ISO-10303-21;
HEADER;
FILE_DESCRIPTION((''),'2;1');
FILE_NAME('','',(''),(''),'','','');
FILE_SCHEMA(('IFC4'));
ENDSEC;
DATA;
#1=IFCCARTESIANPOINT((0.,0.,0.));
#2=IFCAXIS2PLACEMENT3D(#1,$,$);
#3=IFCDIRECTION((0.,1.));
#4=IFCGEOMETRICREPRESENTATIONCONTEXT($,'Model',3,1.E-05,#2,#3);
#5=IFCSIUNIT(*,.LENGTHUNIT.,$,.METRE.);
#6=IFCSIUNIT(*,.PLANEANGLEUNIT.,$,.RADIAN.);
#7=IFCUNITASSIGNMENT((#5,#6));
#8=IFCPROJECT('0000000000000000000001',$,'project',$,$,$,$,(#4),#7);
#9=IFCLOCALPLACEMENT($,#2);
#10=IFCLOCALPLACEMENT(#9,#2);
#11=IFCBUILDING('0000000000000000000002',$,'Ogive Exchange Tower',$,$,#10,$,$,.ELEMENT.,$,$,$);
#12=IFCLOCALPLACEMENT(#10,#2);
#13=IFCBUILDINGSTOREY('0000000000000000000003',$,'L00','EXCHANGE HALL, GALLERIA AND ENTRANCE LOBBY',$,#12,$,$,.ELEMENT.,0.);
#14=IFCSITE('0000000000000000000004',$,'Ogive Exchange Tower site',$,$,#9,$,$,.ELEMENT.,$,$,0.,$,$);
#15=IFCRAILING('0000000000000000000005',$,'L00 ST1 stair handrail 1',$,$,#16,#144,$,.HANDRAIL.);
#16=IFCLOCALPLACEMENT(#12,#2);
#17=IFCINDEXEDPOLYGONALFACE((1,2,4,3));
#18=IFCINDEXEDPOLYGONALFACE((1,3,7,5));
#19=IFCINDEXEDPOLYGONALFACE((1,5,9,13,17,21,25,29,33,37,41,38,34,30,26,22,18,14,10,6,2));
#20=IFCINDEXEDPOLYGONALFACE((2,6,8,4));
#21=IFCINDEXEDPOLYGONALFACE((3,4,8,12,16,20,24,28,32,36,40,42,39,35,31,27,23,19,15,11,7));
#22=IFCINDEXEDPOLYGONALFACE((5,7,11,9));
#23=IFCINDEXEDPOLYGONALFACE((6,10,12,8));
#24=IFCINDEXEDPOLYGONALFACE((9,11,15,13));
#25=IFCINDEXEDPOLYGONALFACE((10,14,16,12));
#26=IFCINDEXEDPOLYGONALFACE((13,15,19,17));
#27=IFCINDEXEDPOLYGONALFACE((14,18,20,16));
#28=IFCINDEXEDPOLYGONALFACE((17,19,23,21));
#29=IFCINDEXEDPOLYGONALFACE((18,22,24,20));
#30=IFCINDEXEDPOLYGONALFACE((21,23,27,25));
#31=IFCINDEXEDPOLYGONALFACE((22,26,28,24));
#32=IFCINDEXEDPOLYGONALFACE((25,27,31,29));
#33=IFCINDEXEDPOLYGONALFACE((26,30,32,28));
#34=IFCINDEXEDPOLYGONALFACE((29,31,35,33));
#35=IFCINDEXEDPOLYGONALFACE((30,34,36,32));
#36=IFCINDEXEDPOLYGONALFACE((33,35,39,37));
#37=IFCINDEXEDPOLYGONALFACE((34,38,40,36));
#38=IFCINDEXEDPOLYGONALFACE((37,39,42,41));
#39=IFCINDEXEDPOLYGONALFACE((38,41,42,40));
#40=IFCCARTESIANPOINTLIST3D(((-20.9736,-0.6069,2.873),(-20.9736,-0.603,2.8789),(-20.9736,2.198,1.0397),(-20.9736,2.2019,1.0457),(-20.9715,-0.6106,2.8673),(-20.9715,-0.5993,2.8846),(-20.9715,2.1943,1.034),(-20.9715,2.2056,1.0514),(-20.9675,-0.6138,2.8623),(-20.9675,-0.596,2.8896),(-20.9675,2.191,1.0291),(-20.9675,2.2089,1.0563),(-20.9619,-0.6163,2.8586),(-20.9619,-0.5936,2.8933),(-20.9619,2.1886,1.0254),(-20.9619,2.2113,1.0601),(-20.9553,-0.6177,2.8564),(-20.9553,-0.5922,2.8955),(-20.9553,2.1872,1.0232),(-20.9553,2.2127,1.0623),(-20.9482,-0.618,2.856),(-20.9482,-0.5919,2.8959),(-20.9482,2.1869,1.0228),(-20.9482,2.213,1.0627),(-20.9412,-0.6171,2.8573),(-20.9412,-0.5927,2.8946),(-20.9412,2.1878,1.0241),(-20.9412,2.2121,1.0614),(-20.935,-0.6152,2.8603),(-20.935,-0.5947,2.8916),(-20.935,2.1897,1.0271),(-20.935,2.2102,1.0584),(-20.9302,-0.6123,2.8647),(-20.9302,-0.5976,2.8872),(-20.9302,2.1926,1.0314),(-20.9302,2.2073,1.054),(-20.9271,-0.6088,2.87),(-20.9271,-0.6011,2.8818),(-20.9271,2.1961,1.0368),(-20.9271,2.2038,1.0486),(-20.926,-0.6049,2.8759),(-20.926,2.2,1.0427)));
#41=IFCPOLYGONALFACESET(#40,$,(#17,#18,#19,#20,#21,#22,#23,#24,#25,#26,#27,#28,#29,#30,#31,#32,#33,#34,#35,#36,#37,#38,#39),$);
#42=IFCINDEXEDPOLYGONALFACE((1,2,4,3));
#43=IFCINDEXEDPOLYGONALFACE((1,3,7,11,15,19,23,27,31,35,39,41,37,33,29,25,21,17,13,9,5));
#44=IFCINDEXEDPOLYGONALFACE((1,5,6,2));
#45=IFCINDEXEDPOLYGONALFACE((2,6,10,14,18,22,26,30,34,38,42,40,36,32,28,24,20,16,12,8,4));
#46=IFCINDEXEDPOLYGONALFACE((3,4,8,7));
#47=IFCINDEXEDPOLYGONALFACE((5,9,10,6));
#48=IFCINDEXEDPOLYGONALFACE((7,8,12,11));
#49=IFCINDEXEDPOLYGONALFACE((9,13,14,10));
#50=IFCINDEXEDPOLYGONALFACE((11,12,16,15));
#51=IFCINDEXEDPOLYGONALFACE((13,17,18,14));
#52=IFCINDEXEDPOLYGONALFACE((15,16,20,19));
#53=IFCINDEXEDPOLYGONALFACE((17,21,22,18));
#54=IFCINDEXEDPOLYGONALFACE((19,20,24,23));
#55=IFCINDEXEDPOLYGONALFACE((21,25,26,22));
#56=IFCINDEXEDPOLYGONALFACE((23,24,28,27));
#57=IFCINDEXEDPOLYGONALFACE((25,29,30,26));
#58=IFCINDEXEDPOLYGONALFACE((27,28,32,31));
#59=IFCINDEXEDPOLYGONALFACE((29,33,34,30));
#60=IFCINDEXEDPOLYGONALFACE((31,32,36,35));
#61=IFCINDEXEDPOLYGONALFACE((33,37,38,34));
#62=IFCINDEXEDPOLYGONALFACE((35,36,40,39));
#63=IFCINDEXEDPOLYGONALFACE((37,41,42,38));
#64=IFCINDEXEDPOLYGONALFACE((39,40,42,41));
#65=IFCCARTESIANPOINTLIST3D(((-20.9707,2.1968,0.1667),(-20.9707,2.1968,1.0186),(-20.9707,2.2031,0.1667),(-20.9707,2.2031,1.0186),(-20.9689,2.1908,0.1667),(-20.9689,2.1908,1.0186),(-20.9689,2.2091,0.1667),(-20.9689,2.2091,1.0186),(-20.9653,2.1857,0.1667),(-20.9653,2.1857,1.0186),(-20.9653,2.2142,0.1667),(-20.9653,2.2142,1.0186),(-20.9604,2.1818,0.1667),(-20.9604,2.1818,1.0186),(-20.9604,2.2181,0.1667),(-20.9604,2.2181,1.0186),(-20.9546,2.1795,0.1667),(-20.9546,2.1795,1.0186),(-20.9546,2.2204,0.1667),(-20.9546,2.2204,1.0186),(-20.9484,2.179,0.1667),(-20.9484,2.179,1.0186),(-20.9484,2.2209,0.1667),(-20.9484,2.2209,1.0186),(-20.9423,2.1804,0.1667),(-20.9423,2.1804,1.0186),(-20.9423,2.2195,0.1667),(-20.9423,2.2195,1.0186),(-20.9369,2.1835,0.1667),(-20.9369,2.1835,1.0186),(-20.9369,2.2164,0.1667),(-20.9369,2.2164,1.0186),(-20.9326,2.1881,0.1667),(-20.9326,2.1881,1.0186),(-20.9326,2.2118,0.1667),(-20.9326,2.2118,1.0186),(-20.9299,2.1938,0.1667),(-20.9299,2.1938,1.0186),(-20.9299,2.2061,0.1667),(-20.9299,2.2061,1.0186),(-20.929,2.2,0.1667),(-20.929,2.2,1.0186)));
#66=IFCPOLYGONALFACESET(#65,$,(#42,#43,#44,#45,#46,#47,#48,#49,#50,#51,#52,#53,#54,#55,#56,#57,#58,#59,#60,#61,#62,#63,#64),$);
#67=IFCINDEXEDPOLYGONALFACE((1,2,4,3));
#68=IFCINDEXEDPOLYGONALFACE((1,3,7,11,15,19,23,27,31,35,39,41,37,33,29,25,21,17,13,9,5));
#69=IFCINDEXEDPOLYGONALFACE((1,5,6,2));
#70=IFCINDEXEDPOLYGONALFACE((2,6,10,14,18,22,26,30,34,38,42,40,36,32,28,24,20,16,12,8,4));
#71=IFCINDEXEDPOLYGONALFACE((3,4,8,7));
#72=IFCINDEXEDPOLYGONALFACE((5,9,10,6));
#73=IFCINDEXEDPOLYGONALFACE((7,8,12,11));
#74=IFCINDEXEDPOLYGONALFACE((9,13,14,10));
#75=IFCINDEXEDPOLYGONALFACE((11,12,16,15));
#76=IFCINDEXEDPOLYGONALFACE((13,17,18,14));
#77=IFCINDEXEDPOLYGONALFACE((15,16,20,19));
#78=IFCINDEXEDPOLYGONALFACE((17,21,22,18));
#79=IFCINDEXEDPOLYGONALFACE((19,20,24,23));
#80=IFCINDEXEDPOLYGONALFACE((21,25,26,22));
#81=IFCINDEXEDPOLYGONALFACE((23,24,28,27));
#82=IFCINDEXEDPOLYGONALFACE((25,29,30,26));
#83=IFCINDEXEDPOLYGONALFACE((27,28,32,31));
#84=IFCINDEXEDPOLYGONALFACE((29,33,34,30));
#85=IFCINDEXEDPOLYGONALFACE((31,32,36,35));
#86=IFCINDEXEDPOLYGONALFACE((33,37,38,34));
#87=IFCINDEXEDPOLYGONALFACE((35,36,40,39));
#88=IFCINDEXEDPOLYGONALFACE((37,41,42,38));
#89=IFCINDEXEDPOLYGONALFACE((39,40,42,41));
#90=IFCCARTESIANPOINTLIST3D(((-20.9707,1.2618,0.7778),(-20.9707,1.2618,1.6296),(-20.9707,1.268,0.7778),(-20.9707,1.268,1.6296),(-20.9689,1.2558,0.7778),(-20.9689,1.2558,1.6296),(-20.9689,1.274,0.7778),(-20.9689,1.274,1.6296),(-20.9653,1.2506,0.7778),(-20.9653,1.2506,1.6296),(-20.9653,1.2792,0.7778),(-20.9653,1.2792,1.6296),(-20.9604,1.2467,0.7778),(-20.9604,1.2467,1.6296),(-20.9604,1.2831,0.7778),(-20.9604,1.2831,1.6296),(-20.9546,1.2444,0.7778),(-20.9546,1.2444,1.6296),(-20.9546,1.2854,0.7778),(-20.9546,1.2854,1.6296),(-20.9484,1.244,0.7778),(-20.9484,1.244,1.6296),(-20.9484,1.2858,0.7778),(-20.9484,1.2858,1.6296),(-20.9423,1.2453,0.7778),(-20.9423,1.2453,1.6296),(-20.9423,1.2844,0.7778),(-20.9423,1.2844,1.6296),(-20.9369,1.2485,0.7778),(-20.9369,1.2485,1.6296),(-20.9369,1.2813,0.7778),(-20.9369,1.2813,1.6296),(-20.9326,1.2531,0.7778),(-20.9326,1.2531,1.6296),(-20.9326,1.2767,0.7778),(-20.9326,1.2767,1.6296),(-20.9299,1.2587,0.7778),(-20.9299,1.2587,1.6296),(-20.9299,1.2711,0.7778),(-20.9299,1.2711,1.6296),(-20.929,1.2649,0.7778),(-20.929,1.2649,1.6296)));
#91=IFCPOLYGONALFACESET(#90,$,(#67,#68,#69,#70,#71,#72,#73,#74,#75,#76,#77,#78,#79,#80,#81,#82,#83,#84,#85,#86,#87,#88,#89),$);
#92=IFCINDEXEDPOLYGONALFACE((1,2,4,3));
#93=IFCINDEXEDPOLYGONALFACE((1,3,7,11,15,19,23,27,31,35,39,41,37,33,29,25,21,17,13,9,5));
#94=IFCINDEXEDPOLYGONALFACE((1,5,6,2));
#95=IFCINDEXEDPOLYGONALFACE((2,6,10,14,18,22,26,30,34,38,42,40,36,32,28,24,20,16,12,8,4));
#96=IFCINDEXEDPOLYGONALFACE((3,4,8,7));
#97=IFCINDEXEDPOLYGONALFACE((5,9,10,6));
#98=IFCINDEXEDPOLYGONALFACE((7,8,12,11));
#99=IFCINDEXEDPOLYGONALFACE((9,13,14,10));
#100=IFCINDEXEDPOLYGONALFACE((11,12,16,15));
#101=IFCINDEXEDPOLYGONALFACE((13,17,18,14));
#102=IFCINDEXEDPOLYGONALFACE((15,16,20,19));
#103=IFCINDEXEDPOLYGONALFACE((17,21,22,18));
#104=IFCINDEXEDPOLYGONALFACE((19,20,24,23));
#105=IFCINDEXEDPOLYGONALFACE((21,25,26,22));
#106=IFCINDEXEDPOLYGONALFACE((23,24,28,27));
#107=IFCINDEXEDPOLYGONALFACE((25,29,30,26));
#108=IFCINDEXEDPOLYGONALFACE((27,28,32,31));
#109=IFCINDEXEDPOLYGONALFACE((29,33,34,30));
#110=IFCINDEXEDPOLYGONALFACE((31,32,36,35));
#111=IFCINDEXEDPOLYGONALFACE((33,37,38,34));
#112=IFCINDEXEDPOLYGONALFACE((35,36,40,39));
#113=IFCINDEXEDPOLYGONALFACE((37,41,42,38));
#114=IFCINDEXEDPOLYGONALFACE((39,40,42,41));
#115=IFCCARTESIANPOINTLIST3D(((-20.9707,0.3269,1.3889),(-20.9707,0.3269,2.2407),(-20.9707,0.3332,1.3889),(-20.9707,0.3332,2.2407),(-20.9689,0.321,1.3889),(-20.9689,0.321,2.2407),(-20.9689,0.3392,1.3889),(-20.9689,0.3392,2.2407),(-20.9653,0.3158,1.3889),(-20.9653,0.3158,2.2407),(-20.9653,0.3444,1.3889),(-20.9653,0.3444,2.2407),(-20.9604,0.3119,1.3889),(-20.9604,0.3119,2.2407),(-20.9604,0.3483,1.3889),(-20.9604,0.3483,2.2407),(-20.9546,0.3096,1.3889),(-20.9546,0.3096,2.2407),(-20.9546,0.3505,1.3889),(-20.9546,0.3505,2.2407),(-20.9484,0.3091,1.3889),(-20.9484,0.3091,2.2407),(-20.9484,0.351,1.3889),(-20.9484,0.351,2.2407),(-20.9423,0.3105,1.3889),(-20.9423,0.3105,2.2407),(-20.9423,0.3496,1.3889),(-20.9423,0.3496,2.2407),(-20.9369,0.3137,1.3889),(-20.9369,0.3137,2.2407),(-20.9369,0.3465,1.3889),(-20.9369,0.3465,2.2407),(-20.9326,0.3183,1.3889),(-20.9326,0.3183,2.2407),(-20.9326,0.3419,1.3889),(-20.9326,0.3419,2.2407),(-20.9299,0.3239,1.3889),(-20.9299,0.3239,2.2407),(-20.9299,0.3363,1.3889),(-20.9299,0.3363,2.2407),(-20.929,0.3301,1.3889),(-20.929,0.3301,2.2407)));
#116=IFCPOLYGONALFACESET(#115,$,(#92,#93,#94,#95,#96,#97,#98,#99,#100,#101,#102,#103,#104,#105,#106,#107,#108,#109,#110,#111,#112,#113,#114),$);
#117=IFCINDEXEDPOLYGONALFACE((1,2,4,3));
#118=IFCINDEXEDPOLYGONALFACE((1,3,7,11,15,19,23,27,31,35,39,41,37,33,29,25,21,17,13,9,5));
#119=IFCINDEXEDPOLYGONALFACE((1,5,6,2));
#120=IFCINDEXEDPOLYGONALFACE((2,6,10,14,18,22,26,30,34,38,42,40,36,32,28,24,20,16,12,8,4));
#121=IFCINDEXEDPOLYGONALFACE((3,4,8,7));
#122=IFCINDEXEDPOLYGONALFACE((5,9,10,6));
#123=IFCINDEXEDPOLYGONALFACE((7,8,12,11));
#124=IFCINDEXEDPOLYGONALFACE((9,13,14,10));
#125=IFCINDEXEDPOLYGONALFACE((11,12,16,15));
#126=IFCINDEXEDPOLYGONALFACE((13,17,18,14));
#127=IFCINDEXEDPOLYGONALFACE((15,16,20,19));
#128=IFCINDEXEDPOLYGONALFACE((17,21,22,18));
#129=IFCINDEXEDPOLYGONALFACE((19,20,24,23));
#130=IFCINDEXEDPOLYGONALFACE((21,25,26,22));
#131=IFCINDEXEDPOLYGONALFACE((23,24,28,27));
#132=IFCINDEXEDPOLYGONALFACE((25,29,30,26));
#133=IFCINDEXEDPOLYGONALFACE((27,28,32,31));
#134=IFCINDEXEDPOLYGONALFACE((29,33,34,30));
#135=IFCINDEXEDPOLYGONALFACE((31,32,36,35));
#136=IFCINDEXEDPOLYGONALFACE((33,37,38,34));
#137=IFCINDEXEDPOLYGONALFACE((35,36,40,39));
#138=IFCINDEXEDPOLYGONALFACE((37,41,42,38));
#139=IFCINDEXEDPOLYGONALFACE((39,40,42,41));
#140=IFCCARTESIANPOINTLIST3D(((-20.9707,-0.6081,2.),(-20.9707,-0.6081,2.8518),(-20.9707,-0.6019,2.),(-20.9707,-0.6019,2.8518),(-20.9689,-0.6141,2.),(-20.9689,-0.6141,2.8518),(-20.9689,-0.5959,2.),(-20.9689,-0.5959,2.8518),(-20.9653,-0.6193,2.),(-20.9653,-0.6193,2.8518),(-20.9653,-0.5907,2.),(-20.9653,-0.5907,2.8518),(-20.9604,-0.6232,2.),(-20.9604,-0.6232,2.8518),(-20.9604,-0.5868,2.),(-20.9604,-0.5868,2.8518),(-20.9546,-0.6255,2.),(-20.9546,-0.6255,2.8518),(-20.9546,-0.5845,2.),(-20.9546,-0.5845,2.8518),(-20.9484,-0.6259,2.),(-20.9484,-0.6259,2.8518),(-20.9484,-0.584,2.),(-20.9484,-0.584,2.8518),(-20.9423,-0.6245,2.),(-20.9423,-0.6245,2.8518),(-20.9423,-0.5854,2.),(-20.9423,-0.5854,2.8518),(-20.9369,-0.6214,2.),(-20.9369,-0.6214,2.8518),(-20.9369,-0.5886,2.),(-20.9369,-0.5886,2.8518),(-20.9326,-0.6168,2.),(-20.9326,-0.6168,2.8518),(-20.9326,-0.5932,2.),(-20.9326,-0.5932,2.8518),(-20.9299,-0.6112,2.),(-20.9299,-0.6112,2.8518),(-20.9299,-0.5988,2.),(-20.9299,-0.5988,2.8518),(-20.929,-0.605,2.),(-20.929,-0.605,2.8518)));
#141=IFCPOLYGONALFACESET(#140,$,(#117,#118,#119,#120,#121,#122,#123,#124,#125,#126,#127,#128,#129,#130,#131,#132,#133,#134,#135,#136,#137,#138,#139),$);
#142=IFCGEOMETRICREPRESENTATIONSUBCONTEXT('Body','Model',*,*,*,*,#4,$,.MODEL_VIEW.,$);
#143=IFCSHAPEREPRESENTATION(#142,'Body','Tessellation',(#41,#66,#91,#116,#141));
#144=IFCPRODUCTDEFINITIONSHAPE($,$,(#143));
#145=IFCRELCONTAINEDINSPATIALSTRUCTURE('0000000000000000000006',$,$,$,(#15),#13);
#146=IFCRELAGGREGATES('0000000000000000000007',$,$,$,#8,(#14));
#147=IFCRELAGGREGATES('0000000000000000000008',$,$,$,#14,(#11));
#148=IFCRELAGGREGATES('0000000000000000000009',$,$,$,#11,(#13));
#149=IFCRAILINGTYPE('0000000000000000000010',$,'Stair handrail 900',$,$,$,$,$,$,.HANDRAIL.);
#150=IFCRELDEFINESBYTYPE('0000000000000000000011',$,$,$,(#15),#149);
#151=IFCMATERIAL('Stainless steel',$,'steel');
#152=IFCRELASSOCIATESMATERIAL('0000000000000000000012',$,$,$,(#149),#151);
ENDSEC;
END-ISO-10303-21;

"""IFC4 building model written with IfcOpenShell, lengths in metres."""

from ifc_helpers import new_model, si_unit, direction, frame, origin, origin_2d, place, context, subcontext, project, spatial, circle, extrude, material, type_object, element, save


model = new_model("IFC4")

# Units and contexts
model_context = context("Model", 3, precision=1e-05, world=origin(), true_north=direction((0.0, 1.0)))
body_context = subcontext(model_context, "Body", "Model", "MODEL_VIEW")
ifc_project = project(units=[si_unit("LENGTHUNIT", "METRE"), si_unit("PLANEANGLEUNIT", "RADIAN")], contexts=[model_context])

# Site, building, storey
site_placement = place(None, origin())
site = spatial("IfcSite", under=ifc_project, at=site_placement, Name="Ogive Exchange Tower site", CompositionType="ELEMENT", RefElevation=0.0)
building_placement = place(site_placement, origin())
building = spatial("IfcBuilding", under=site, at=building_placement, Name="Ogive Exchange Tower", CompositionType="ELEMENT")
storey_placement = place(building_placement, origin())
storey = spatial("IfcBuildingStorey", under=building, at=storey_placement, Name="L00", Description="EXCHANGE HALL, GALLERIA AND ENTRANCE LOBBY", CompositionType="ELEMENT", Elevation=0.0)

# Railing
ifc_material_1 = material(Name="Stainless steel", Category="steel")
railing_type = type_object("IfcRailingType", Name="Stair handrail 900", PredefinedType="HANDRAIL", material=ifc_material_1)
for number, where, name in (
    (1, (-20.95, 2.2, 0.1667), "L00 ST1 stair handrail 1"),
):
    element("IfcRailing", number, at=place(storey_placement, frame(where)), inside=storey, type_object=railing_type, Name=name, PredefinedType="HANDRAIL", context=body_context, shape_type="SweptSolid", body=[
        extrude(circle(Radius=0.0239, at=origin_2d()), frame((0.0, 0.0, 0.876), z_axis=(0.0, -0.837071, 0.547094), x_axis=(1.0, 0.0, 0.0)), (0.0, 0.0, 1.0), 3.3508),
        extrude(circle(Radius=0.021, at=origin_2d()), origin(), (0.0, 0.0, 1.0), 0.8518),
        extrude(circle(Radius=0.021, at=origin_2d()), frame((0.0, -0.9351, 0.6111)), (0.0, 0.0, 1.0), 0.8518),
        extrude(circle(Radius=0.021, at=origin_2d()), frame((0.0, -1.8699, 1.2222)), (0.0, 0.0, 1.0), 0.8518),
        extrude(circle(Radius=0.021, at=origin_2d()), frame((0.0, -2.8049, 1.8333)), (0.0, 0.0, 1.0), 0.8518),
    ])

save(model, "model.ifc")
